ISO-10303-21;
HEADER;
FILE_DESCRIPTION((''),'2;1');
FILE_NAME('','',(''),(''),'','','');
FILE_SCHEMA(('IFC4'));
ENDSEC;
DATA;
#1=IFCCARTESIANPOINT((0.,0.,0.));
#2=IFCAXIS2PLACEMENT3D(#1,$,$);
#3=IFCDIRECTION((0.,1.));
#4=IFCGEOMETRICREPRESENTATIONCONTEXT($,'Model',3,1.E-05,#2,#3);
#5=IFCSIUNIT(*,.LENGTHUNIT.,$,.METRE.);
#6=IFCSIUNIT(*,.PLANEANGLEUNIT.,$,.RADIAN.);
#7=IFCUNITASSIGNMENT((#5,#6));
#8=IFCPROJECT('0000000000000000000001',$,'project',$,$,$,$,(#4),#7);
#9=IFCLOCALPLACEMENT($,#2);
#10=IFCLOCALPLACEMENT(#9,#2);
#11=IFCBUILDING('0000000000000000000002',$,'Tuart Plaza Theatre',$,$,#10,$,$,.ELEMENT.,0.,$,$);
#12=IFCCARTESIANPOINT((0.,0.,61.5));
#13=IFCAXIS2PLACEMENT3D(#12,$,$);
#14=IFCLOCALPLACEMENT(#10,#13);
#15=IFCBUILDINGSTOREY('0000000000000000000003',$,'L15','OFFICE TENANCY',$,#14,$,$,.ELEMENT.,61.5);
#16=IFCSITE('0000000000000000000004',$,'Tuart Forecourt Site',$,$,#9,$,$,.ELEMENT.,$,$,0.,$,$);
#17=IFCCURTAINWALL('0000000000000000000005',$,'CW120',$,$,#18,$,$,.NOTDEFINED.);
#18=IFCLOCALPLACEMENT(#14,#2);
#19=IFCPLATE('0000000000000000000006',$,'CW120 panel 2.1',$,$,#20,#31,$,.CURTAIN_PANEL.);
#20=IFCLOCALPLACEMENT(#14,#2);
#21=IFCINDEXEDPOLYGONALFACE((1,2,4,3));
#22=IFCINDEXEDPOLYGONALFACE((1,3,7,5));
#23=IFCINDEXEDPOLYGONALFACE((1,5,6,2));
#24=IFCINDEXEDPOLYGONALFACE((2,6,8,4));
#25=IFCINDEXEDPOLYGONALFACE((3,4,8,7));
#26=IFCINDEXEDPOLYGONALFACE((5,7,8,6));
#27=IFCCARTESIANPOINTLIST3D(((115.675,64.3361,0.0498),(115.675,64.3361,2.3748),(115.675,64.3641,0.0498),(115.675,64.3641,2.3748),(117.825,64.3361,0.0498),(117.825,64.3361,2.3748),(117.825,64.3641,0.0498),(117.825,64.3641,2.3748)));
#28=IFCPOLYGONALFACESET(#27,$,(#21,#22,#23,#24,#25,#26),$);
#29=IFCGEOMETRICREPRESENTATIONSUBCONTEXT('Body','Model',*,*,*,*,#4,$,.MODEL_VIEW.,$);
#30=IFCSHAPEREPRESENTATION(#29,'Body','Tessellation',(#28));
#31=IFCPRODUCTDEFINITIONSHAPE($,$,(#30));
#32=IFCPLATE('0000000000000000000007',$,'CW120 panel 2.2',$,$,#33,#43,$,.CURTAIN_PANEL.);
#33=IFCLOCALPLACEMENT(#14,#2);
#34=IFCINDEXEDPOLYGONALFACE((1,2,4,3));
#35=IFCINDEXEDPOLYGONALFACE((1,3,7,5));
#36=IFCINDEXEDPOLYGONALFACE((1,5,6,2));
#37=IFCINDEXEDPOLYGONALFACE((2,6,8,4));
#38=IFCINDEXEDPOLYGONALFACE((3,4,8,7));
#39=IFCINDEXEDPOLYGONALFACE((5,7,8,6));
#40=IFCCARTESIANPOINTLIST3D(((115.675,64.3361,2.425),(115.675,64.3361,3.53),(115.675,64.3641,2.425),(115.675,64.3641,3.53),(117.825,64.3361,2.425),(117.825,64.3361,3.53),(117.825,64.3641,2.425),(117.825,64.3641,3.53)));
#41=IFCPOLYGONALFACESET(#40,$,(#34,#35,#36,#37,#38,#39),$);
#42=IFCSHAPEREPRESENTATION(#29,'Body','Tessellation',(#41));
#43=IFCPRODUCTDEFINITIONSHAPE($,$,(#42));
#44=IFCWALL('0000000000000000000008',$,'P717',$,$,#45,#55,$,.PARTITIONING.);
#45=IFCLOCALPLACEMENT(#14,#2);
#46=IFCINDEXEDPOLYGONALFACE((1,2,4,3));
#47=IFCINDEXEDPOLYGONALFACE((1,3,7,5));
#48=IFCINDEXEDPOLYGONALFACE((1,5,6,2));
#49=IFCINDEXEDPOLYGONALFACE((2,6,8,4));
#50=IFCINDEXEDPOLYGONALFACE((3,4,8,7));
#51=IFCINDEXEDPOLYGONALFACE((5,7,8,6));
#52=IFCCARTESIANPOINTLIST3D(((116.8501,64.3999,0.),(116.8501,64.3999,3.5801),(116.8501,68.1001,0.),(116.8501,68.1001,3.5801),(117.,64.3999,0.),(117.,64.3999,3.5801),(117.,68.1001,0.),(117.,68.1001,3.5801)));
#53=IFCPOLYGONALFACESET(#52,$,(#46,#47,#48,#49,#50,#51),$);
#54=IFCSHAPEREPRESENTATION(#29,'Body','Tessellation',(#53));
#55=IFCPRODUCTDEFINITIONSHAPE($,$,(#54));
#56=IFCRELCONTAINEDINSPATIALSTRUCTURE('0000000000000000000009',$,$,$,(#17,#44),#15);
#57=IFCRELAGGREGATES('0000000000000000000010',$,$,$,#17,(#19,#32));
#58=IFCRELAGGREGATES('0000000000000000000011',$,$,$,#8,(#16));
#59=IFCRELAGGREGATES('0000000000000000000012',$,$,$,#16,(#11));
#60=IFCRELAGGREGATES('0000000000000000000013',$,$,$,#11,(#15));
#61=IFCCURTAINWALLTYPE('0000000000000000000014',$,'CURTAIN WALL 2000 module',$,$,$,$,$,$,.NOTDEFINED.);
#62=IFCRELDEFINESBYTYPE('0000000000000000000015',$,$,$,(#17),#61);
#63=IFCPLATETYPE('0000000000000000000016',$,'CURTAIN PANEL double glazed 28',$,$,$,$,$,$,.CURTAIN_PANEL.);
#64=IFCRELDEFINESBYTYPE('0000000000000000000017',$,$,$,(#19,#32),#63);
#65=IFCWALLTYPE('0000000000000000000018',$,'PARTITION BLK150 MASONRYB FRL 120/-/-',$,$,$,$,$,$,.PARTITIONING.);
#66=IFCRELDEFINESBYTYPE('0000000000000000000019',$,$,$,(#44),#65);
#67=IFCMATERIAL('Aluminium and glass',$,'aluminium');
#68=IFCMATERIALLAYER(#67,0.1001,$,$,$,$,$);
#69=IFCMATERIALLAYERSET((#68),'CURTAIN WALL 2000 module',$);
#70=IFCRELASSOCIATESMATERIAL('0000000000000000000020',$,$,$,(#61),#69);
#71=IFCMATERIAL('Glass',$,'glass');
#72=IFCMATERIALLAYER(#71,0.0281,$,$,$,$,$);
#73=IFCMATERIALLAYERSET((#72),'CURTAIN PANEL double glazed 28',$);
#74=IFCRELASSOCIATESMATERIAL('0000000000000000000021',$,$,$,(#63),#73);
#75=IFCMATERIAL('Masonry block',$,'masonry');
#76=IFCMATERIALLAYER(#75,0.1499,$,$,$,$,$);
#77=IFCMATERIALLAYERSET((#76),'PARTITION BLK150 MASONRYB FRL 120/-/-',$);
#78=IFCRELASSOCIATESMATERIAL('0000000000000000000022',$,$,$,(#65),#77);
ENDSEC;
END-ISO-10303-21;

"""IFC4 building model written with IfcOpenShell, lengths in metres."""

from ifc_helpers import new_model, si_unit, direction, frame, frame_2d, origin, origin_2d, place, context, subcontext, project, spatial, rectangle, extrude, material, layer, layer_set, type_object, element, aggregate, save


model = new_model("IFC4")

# Units and contexts
model_context = context("Model", 3, precision=1e-05, world=origin(), true_north=direction((0.0, 1.0)))
body_context = subcontext(model_context, "Body", "Model", "MODEL_VIEW")
ifc_project = project(units=[si_unit("LENGTHUNIT", "METRE"), si_unit("PLANEANGLEUNIT", "RADIAN")], contexts=[model_context])

# Site, building, storey
site_placement = place(None, origin())
site = spatial("IfcSite", under=ifc_project, at=site_placement, Name="Tuart Forecourt Site", CompositionType="ELEMENT", RefElevation=0.0)
building_placement = place(site_placement, origin())
building = spatial("IfcBuilding", under=site, at=building_placement, Name="Tuart Plaza Theatre", CompositionType="ELEMENT", ElevationOfRefHeight=0.0)
storey_placement = place(building_placement, frame((0.0, 0.0, 61.5)))
storey = spatial("IfcBuildingStorey", under=building, at=storey_placement, Name="L15", Description="OFFICE TENANCY", CompositionType="ELEMENT", Elevation=61.5)

# Curtain wall
ifc_material_1 = material(Name="Aluminium and glass", Category="aluminium")
ifc_layer_1 = layer(ifc_material_1, 0.1001)
ifc_layer_set_1 = layer_set([ifc_layer_1], Name="CURTAIN WALL 2000 module")
curtain_wall_type_1 = type_object("IfcCurtainWallType", Name="CURTAIN WALL 2000 module", PredefinedType="NOTDEFINED", material=ifc_layer_set_1)
curtain_wall_1_placement = place(storey_placement, origin())
curtain_wall_1 = element("IfcCurtainWall", 1, at=curtain_wall_1_placement, inside=storey, type_object=curtain_wall_type_1, Name="CW120", PredefinedType="NOTDEFINED")

# Plates
ifc_material_2 = material(Name="Glass", Category="glass")
ifc_layer_2 = layer(ifc_material_2, 0.0281)
ifc_layer_set_2 = layer_set([ifc_layer_2], Name="CURTAIN PANEL double glazed 28")
plate_type = type_object("IfcPlateType", Name="CURTAIN PANEL double glazed 28", PredefinedType="CURTAIN_PANEL", material=ifc_layer_set_2)
plate_1_placement = place(storey_placement, frame((116.75, 64.3501, 0.0498), z_axis=(0.0, 0.0, 1.0), x_axis=(1.0, 0.0, 0.0)))
plate_1 = element("IfcPlate", 2, at=plate_1_placement, type_object=plate_type, Name="CW120 panel 2.1", PredefinedType="CURTAIN_PANEL", context=body_context, shape_type="SweptSolid", body=[
    extrude(rectangle(XDim=2.1499, YDim=0.0281, at=origin_2d()), origin(), (0.0, 0.0, 1.0), 2.325),
])
plate_2_placement = place(storey_placement, frame((116.75, 64.3501, 2.425), z_axis=(0.0, 0.0, 1.0), x_axis=(1.0, 0.0, 0.0)))
plate_2 = element("IfcPlate", 3, at=plate_2_placement, type_object=plate_type, Name="CW120 panel 2.2", PredefinedType="CURTAIN_PANEL", context=body_context, shape_type="SweptSolid", body=[
    extrude(rectangle(XDim=2.1499, YDim=0.0281, at=origin_2d()), origin(), (0.0, 0.0, 1.0), 1.105),
])
aggregate(curtain_wall_1, [plate_1, plate_2])

# Wall
ifc_material_3 = material(Name="Masonry block", Category="masonry")
ifc_layer_3 = layer(ifc_material_3, 0.1499)
ifc_layer_set_3 = layer_set([ifc_layer_3], Name="PARTITION BLK150 MASONRYB FRL 120/-/-")
wall_type = type_object("IfcWallType", Name="PARTITION BLK150 MASONRYB FRL 120/-/-", PredefinedType="PARTITIONING", material=ifc_layer_set_3)
wall_placement = place(storey_placement, frame((116.925, 64.3999, 0.0), z_axis=(0.0, 0.0, 1.0), x_axis=(0.0, 1.0, 0.0)))
element("IfcWall", 4, at=wall_placement, inside=storey, type_object=wall_type, Name="P717", PredefinedType="PARTITIONING", context=body_context, shape_type="SweptSolid", body=[
    extrude(rectangle(XDim=3.7002, YDim=0.1499, at=frame_2d((1.8501, 0.0))), origin(), (0.0, 0.0, 1.0), 3.5801),
])

save(model, "model.ifc")
